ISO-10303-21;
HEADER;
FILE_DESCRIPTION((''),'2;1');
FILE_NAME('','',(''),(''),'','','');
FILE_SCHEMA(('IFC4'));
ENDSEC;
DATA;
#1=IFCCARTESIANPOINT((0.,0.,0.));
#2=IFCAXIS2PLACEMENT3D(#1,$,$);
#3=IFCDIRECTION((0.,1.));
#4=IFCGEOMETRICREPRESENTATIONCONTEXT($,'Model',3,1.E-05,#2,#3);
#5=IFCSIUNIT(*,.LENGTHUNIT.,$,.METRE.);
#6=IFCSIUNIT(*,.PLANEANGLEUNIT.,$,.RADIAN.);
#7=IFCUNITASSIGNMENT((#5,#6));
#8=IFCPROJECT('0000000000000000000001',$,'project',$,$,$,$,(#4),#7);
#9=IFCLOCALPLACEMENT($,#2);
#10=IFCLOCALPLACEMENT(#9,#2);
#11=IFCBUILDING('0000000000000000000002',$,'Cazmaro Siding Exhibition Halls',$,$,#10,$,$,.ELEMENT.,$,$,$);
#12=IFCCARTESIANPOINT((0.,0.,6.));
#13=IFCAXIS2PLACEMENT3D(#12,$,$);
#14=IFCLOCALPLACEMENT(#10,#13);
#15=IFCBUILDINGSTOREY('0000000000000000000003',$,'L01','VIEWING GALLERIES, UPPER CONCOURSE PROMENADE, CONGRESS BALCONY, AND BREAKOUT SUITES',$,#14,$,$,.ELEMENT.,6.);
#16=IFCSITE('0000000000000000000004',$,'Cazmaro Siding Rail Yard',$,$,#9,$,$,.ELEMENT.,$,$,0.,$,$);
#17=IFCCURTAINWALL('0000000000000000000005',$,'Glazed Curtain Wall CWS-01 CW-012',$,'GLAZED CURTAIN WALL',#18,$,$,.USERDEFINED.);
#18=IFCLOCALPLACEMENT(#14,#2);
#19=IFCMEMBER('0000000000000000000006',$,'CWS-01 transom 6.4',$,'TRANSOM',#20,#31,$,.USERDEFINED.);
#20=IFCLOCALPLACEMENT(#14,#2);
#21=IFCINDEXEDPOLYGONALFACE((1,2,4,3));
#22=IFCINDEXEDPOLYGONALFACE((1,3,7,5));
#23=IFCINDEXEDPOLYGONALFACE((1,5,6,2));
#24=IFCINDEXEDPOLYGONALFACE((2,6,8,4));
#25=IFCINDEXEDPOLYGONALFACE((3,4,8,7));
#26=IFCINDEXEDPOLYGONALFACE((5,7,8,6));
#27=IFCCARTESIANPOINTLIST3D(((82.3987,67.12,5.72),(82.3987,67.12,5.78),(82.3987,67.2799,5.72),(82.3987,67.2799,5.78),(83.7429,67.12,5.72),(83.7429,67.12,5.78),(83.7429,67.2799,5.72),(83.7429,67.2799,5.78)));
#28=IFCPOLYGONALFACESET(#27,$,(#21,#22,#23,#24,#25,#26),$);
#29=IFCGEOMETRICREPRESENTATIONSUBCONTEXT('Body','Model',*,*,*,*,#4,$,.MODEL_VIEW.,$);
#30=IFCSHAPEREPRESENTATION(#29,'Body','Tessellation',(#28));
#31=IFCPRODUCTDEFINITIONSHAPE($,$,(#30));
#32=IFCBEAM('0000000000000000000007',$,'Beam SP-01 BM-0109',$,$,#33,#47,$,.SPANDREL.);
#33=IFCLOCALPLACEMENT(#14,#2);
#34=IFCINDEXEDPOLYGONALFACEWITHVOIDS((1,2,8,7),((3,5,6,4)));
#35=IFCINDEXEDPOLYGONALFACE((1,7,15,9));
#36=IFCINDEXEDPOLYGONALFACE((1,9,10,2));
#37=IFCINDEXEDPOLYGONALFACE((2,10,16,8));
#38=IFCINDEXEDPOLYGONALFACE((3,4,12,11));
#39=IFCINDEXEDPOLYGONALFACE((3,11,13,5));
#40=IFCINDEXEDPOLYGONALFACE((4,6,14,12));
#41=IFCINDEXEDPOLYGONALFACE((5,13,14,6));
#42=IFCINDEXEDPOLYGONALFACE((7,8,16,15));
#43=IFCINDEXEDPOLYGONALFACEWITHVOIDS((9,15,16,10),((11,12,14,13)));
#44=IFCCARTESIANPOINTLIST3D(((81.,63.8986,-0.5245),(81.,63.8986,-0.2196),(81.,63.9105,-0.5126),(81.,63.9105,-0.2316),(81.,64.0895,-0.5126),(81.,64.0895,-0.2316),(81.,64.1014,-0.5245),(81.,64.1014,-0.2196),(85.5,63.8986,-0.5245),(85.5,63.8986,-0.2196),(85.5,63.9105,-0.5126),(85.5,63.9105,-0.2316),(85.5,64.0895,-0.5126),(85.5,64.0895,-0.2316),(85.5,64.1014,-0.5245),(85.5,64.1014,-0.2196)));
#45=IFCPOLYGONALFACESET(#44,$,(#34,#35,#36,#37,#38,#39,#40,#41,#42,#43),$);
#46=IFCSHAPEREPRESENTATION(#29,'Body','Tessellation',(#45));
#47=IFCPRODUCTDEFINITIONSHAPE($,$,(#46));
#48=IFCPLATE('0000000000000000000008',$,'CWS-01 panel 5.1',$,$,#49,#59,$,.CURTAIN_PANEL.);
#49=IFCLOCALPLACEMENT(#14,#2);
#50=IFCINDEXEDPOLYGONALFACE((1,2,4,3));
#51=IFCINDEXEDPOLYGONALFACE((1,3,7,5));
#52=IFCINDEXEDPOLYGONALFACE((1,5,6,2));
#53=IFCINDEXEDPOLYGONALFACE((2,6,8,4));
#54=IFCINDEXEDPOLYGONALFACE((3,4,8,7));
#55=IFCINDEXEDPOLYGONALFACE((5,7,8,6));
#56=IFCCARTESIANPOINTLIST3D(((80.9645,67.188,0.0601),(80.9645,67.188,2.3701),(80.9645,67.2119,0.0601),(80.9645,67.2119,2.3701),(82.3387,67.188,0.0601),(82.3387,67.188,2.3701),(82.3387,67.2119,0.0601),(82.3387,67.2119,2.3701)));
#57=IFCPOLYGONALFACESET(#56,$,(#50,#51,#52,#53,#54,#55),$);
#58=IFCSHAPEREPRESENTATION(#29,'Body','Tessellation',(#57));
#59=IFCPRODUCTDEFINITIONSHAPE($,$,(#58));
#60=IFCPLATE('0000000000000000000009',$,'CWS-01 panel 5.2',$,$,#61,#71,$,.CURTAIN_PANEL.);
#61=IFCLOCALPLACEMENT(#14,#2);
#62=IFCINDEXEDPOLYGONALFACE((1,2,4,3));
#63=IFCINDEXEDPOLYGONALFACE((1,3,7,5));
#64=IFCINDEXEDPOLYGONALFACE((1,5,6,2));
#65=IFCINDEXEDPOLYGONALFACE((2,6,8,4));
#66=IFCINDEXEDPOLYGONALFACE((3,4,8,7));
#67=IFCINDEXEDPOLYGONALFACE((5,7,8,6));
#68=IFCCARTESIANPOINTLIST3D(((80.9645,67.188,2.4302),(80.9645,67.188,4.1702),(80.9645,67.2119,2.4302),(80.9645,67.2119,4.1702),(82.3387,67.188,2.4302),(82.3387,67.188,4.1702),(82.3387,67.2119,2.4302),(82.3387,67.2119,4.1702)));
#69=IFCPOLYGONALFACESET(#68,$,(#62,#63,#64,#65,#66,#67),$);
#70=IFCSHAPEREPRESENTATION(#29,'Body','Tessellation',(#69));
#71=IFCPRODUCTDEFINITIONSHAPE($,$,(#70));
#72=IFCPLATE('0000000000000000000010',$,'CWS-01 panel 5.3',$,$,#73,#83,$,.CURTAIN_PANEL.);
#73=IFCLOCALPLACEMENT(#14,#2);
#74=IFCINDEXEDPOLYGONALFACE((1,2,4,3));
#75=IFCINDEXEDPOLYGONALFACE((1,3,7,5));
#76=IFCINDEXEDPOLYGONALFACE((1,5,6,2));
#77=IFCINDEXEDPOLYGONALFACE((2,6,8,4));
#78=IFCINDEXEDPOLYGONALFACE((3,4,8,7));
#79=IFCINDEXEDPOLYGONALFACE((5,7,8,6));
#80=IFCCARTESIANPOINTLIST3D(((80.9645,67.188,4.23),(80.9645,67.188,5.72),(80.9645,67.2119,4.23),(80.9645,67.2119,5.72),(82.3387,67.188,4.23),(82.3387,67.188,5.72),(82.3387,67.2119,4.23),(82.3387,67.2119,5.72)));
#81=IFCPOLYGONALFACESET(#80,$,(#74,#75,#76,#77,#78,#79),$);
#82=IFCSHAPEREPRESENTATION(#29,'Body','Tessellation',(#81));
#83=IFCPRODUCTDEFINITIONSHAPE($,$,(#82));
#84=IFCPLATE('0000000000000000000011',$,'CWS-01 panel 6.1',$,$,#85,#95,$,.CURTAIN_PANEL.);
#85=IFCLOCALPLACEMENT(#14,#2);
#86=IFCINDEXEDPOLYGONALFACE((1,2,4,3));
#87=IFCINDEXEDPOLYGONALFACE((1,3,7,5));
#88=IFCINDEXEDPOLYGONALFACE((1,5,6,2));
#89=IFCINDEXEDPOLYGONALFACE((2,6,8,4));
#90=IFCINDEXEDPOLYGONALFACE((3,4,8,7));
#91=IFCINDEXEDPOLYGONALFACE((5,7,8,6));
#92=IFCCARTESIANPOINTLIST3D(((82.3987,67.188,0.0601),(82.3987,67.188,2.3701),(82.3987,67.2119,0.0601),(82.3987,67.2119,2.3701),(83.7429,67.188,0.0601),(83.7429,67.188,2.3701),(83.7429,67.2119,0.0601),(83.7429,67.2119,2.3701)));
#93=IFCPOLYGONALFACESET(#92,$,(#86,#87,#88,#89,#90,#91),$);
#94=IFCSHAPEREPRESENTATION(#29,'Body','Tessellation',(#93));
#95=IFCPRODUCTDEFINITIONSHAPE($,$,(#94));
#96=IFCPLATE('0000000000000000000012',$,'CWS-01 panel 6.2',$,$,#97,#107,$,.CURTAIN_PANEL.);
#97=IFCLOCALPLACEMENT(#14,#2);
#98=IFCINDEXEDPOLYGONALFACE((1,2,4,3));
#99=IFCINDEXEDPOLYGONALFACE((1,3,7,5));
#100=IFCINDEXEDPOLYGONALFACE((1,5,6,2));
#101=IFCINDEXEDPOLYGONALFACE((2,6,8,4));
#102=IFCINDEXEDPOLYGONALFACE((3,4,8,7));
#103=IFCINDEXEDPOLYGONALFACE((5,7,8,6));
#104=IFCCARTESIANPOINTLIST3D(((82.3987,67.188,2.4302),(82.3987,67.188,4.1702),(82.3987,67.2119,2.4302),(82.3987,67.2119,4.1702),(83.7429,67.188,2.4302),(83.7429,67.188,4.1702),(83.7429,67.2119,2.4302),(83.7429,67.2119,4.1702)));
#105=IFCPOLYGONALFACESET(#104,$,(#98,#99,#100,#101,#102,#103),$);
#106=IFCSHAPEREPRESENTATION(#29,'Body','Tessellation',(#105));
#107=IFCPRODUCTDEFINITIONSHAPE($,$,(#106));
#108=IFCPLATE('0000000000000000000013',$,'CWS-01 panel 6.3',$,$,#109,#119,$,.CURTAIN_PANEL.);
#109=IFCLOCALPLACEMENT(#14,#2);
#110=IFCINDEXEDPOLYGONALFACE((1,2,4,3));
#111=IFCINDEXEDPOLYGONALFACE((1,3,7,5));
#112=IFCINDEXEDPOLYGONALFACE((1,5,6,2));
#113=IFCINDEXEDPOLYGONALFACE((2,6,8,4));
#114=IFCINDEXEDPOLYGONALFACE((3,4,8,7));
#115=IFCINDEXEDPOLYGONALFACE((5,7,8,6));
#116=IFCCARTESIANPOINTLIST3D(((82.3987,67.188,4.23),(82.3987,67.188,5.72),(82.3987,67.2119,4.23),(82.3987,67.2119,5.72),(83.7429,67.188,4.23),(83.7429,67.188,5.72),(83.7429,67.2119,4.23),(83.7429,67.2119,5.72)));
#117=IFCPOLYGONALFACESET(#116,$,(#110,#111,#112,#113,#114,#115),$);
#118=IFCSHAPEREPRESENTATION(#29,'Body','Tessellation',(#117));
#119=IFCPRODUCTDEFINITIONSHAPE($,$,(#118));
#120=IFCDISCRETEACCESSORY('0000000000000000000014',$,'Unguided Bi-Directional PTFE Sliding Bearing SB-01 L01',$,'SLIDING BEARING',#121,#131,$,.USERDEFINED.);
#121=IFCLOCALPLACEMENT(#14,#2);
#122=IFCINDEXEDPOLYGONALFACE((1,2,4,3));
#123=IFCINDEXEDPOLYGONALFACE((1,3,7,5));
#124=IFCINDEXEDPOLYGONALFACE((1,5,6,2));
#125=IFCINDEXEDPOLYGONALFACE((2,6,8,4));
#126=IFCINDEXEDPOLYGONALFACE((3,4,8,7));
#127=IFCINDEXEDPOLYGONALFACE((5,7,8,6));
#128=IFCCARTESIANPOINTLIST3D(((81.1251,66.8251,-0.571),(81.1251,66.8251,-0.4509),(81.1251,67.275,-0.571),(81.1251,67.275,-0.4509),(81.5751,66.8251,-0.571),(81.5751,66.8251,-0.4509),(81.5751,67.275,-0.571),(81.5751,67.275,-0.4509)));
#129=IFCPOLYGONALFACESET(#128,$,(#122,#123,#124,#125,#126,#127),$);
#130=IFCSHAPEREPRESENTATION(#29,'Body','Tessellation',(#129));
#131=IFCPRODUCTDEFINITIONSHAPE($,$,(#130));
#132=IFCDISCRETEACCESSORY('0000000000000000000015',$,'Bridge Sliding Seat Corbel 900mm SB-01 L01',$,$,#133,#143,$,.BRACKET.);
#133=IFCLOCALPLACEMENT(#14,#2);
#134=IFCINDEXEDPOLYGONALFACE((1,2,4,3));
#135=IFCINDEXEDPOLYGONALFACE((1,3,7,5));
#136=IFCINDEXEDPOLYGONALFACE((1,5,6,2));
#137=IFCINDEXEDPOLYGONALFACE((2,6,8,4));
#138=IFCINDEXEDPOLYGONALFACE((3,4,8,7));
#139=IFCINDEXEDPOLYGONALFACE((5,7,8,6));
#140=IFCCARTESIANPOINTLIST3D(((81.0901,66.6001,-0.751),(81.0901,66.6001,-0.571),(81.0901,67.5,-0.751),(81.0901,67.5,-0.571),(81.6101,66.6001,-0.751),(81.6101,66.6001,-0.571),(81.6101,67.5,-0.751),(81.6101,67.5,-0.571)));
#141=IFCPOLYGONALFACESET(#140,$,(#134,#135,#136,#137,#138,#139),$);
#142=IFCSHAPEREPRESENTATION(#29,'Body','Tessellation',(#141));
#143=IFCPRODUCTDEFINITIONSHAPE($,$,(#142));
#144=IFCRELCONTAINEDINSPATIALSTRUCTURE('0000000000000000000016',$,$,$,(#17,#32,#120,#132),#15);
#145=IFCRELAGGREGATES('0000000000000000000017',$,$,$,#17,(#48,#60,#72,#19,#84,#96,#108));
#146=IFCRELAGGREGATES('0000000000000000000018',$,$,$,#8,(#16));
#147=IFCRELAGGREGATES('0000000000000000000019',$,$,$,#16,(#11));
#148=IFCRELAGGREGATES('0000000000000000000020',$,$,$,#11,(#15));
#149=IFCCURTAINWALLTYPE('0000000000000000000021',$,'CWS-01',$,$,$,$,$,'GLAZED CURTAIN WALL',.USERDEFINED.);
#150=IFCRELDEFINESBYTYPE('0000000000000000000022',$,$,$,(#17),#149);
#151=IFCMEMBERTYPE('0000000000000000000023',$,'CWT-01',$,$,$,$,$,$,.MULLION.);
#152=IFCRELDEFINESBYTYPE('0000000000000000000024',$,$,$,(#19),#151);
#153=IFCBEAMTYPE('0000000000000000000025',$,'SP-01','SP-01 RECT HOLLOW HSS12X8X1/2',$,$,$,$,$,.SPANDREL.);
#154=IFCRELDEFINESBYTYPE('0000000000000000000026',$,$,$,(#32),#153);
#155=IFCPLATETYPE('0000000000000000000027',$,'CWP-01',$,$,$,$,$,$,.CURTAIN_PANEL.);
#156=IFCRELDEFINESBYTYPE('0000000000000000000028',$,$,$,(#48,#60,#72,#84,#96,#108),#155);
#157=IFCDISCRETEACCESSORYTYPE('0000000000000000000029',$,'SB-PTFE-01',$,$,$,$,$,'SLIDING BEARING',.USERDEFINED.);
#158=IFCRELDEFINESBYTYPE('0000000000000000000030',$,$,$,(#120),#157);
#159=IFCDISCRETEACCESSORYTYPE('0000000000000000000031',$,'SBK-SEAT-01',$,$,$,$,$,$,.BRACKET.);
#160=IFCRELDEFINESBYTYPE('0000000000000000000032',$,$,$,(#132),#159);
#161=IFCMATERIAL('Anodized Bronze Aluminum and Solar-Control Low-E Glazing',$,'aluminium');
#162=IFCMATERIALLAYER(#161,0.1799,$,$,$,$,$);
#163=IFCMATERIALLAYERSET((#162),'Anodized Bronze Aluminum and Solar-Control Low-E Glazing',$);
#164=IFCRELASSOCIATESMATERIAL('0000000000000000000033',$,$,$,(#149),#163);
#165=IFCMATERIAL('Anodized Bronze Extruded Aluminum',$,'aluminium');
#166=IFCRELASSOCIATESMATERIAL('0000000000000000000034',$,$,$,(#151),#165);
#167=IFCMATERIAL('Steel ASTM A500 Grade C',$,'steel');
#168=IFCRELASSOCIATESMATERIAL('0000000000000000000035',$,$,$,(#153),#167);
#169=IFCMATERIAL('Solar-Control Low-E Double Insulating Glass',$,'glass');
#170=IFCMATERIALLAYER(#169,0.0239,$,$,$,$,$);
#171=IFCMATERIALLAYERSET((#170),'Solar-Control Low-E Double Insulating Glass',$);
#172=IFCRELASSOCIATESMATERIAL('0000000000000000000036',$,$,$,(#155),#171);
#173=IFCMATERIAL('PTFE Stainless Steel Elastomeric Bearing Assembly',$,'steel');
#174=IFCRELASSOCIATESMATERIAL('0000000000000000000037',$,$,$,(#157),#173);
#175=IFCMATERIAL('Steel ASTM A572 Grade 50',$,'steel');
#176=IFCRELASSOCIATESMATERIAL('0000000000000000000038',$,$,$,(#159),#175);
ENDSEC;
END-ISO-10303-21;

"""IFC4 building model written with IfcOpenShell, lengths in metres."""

from ifc_helpers import new_model, si_unit, direction, frame, origin, origin_2d, place, context, subcontext, project, spatial, rectangle, hollow_rectangle, extrude, material, layer, layer_set, material_profile, profile_set, type_object, element, aggregate, save


model = new_model("IFC4")

# Units and contexts
model_context = context("Model", 3, precision=1e-05, world=origin(), true_north=direction((0.0, 1.0)))
body_context = subcontext(model_context, "Body", "Model", "MODEL_VIEW")
ifc_project = project(units=[si_unit("LENGTHUNIT", "METRE"), si_unit("PLANEANGLEUNIT", "RADIAN")], contexts=[model_context])

# Site, building, storey
site_placement = place(None, origin())
site = spatial("IfcSite", under=ifc_project, at=site_placement, Name="Cazmaro Siding Rail Yard", CompositionType="ELEMENT", RefElevation=0.0)
building_placement = place(site_placement, origin())
building = spatial("IfcBuilding", under=site, at=building_placement, Name="Cazmaro Siding Exhibition Halls", CompositionType="ELEMENT")
storey_placement = place(building_placement, frame((0.0, 0.0, 6.0)))
storey = spatial("IfcBuildingStorey", under=building, at=storey_placement, Name="L01", Description="VIEWING GALLERIES, UPPER CONCOURSE PROMENADE, CONGRESS BALCONY, AND BREAKOUT SUITES", CompositionType="ELEMENT", Elevation=6.0)

# Curtain wall, member
ifc_material_1 = material(Name="Anodized Bronze Aluminum and Solar-Control Low-E Glazing", Category="aluminium")
ifc_layer_1 = layer(ifc_material_1, 0.1799)
ifc_layer_set_1 = layer_set([ifc_layer_1], Name="Anodized Bronze Aluminum and Solar-Control Low-E Glazing")
curtain_wall_type = type_object("IfcCurtainWallType", Name="CWS-01", ElementType="GLAZED CURTAIN WALL", PredefinedType="USERDEFINED", material=ifc_layer_set_1)
curtain_wall_placement = place(storey_placement, origin())
curtain_wall = element("IfcCurtainWall", 1, at=curtain_wall_placement, inside=storey, type_object=curtain_wall_type, Name="Glazed Curtain Wall CWS-01 CW-012", ObjectType="GLAZED CURTAIN WALL", PredefinedType="USERDEFINED")
ifc_material_2 = material(Name="Anodized Bronze Extruded Aluminum", Category="aluminium")
ifc_material_profile_1 = material_profile(ifc_material_2, rectangle(XDim=0.1599, YDim=0.0601, at=origin_2d()), Name="CWT-01")
ifc_profile_set_1 = profile_set([ifc_material_profile_1], Name="Anodized Bronze Extruded Aluminum")
member_type_1 = type_object("IfcMemberType", Name="CWT-01", PredefinedType="MULLION", material=ifc_profile_set_1)
member_1_placement = place(storey_placement, frame((82.3987, 67.2, 5.75), z_axis=(1.0, 0.0, 0.0), x_axis=(0.0, 1.0, 0.0)))
member_1 = element("IfcMember", 2, at=member_1_placement, type_object=member_type_1, Name="CWS-01 transom 6.4", ObjectType="TRANSOM", PredefinedType="USERDEFINED", context=body_context, shape_type="SweptSolid", body=[
    extrude(rectangle(XDim=0.1599, YDim=0.0601, at=origin_2d()), origin(), (0.0, 0.0, 1.0), 1.3442),
])

# Beam
ifc_material_3 = material(Name="Steel ASTM A500 Grade C", Category="steel")
ifc_material_profile_2 = material_profile(ifc_material_3, hollow_rectangle(XDim=0.2029, YDim=0.3049, WallThickness=0.012, at=origin_2d()), Name="HSS12X8X1/2")
ifc_profile_set_2 = profile_set([ifc_material_profile_2], Name="Steel ASTM A500 Grade C")
beam_type_1 = type_object("IfcBeamType", Name="SP-01", Description="SP-01 RECT HOLLOW HSS12X8X1/2", PredefinedType="SPANDREL", material=ifc_profile_set_2)
beam_1_placement = place(storey_placement, frame((81.0, 64.0, -0.3721), z_axis=(1.0, 0.0, 0.0), x_axis=(0.0, 1.0, 0.0)))
element("IfcBeam", 3, at=beam_1_placement, inside=storey, type_object=beam_type_1, Name="Beam SP-01 BM-0109", PredefinedType="SPANDREL", context=body_context, shape_type="SweptSolid", body=[
    extrude(hollow_rectangle(XDim=0.2029, YDim=0.3049, WallThickness=0.012, at=origin_2d()), origin(), (0.0, 0.0, 1.0), 4.5),
])

# Plates
ifc_material_4 = material(Name="Solar-Control Low-E Double Insulating Glass", Category="glass")
ifc_layer_2 = layer(ifc_material_4, 0.0239)
ifc_layer_set_2 = layer_set([ifc_layer_2], Name="Solar-Control Low-E Double Insulating Glass")
plate_type = type_object("IfcPlateType", Name="CWP-01", PredefinedType="CURTAIN_PANEL", material=ifc_layer_set_2)
plate_1_placement = place(storey_placement, frame((81.6516, 67.2, 0.0601), z_axis=(0.0, 0.0, 1.0), x_axis=(1.0, 0.0, 0.0)))
plate_1 = element("IfcPlate", 4, at=plate_1_placement, type_object=plate_type, Name="CWS-01 panel 5.1", PredefinedType="CURTAIN_PANEL", context=body_context, shape_type="SweptSolid", body=[
    extrude(rectangle(XDim=1.3743, YDim=0.0239, at=origin_2d()), origin(), (0.0, 0.0, 1.0), 2.3101),
])
plate_2_placement = place(storey_placement, frame((81.6516, 67.2, 2.4302), z_axis=(0.0, 0.0, 1.0), x_axis=(1.0, 0.0, 0.0)))
plate_2 = element("IfcPlate", 5, at=plate_2_placement, type_object=plate_type, Name="CWS-01 panel 5.2", PredefinedType="CURTAIN_PANEL", context=body_context, shape_type="SweptSolid", body=[
    extrude(rectangle(XDim=1.3743, YDim=0.0239, at=origin_2d()), origin(), (0.0, 0.0, 1.0), 1.74),
])
plate_3_placement = place(storey_placement, frame((81.6516, 67.2, 4.23), z_axis=(0.0, 0.0, 1.0), x_axis=(1.0, 0.0, 0.0)))
plate_3 = element("IfcPlate", 6, at=plate_3_placement, type_object=plate_type, Name="CWS-01 panel 5.3", PredefinedType="CURTAIN_PANEL", context=body_context, shape_type="SweptSolid", body=[
    extrude(rectangle(XDim=1.3743, YDim=0.0239, at=origin_2d()), origin(), (0.0, 0.0, 1.0), 1.49),
])
plate_4_placement = place(storey_placement, frame((83.0708, 67.2, 0.0601), z_axis=(0.0, 0.0, 1.0), x_axis=(1.0, 0.0, 0.0)))
plate_4 = element("IfcPlate", 7, at=plate_4_placement, type_object=plate_type, Name="CWS-01 panel 6.1", PredefinedType="CURTAIN_PANEL", context=body_context, shape_type="SweptSolid", body=[
    extrude(rectangle(XDim=1.3442, YDim=0.0239, at=origin_2d()), origin(), (0.0, 0.0, 1.0), 2.3101),
])
plate_5_placement = place(storey_placement, frame((83.0708, 67.2, 2.4302), z_axis=(0.0, 0.0, 1.0), x_axis=(1.0, 0.0, 0.0)))
plate_5 = element("IfcPlate", 8, at=plate_5_placement, type_object=plate_type, Name="CWS-01 panel 6.2", PredefinedType="CURTAIN_PANEL", context=body_context, shape_type="SweptSolid", body=[
    extrude(rectangle(XDim=1.3442, YDim=0.0239, at=origin_2d()), origin(), (0.0, 0.0, 1.0), 1.74),
])
plate_6_placement = place(storey_placement, frame((83.0708, 67.2, 4.23), z_axis=(0.0, 0.0, 1.0), x_axis=(1.0, 0.0, 0.0)))
plate_6 = element("IfcPlate", 9, at=plate_6_placement, type_object=plate_type, Name="CWS-01 panel 6.3", PredefinedType="CURTAIN_PANEL", context=body_context, shape_type="SweptSolid", body=[
    extrude(rectangle(XDim=1.3442, YDim=0.0239, at=origin_2d()), origin(), (0.0, 0.0, 1.0), 1.49),
])
aggregate(curtain_wall, [plate_1, plate_2, plate_3, member_1, plate_4, plate_5, plate_6])

# Discrete accessories
ifc_material_5 = material(Name="PTFE Stainless Steel Elastomeric Bearing Assembly", Category="steel")
discrete_accessory_type_1 = type_object("IfcDiscreteAccessoryType", Name="SB-PTFE-01", ElementType="SLIDING BEARING", PredefinedType="USERDEFINED", material=ifc_material_5)
discrete_accessory_1_placement = place(storey_placement, frame((81.3501, 67.05, -0.571), z_axis=(0.0, 0.0, 1.0), x_axis=(1.0, 0.0, 0.0)))
element("IfcDiscreteAccessory", 10, at=discrete_accessory_1_placement, inside=storey, type_object=discrete_accessory_type_1, Name="Unguided Bi-Directional PTFE Sliding Bearing SB-01 L01", ObjectType="SLIDING BEARING", PredefinedType="USERDEFINED", context=body_context, shape_type="SweptSolid", body=[
    extrude(rectangle(XDim=0.45, YDim=0.45, at=origin_2d()), origin(), (0.0, 0.0, 1.0), 0.1201),
])
ifc_material_6 = material(Name="Steel ASTM A572 Grade 50", Category="steel")
discrete_accessory_type_2 = type_object("IfcDiscreteAccessoryType", Name="SBK-SEAT-01", PredefinedType="BRACKET", material=ifc_material_6)
discrete_accessory_2_placement = place(storey_placement, frame((81.3501, 67.05, -0.751), z_axis=(0.0, 0.0, 1.0), x_axis=(1.0, 0.0, 0.0)))
element("IfcDiscreteAccessory", 11, at=discrete_accessory_2_placement, inside=storey, type_object=discrete_accessory_type_2, Name="Bridge Sliding Seat Corbel 900mm SB-01 L01", PredefinedType="BRACKET", context=body_context, shape_type="SweptSolid", body=[
    extrude(rectangle(XDim=0.52, YDim=0.8999, at=origin_2d()), origin(), (0.0, 0.0, 1.0), 0.1799),
])

save(model, "model.ifc")
